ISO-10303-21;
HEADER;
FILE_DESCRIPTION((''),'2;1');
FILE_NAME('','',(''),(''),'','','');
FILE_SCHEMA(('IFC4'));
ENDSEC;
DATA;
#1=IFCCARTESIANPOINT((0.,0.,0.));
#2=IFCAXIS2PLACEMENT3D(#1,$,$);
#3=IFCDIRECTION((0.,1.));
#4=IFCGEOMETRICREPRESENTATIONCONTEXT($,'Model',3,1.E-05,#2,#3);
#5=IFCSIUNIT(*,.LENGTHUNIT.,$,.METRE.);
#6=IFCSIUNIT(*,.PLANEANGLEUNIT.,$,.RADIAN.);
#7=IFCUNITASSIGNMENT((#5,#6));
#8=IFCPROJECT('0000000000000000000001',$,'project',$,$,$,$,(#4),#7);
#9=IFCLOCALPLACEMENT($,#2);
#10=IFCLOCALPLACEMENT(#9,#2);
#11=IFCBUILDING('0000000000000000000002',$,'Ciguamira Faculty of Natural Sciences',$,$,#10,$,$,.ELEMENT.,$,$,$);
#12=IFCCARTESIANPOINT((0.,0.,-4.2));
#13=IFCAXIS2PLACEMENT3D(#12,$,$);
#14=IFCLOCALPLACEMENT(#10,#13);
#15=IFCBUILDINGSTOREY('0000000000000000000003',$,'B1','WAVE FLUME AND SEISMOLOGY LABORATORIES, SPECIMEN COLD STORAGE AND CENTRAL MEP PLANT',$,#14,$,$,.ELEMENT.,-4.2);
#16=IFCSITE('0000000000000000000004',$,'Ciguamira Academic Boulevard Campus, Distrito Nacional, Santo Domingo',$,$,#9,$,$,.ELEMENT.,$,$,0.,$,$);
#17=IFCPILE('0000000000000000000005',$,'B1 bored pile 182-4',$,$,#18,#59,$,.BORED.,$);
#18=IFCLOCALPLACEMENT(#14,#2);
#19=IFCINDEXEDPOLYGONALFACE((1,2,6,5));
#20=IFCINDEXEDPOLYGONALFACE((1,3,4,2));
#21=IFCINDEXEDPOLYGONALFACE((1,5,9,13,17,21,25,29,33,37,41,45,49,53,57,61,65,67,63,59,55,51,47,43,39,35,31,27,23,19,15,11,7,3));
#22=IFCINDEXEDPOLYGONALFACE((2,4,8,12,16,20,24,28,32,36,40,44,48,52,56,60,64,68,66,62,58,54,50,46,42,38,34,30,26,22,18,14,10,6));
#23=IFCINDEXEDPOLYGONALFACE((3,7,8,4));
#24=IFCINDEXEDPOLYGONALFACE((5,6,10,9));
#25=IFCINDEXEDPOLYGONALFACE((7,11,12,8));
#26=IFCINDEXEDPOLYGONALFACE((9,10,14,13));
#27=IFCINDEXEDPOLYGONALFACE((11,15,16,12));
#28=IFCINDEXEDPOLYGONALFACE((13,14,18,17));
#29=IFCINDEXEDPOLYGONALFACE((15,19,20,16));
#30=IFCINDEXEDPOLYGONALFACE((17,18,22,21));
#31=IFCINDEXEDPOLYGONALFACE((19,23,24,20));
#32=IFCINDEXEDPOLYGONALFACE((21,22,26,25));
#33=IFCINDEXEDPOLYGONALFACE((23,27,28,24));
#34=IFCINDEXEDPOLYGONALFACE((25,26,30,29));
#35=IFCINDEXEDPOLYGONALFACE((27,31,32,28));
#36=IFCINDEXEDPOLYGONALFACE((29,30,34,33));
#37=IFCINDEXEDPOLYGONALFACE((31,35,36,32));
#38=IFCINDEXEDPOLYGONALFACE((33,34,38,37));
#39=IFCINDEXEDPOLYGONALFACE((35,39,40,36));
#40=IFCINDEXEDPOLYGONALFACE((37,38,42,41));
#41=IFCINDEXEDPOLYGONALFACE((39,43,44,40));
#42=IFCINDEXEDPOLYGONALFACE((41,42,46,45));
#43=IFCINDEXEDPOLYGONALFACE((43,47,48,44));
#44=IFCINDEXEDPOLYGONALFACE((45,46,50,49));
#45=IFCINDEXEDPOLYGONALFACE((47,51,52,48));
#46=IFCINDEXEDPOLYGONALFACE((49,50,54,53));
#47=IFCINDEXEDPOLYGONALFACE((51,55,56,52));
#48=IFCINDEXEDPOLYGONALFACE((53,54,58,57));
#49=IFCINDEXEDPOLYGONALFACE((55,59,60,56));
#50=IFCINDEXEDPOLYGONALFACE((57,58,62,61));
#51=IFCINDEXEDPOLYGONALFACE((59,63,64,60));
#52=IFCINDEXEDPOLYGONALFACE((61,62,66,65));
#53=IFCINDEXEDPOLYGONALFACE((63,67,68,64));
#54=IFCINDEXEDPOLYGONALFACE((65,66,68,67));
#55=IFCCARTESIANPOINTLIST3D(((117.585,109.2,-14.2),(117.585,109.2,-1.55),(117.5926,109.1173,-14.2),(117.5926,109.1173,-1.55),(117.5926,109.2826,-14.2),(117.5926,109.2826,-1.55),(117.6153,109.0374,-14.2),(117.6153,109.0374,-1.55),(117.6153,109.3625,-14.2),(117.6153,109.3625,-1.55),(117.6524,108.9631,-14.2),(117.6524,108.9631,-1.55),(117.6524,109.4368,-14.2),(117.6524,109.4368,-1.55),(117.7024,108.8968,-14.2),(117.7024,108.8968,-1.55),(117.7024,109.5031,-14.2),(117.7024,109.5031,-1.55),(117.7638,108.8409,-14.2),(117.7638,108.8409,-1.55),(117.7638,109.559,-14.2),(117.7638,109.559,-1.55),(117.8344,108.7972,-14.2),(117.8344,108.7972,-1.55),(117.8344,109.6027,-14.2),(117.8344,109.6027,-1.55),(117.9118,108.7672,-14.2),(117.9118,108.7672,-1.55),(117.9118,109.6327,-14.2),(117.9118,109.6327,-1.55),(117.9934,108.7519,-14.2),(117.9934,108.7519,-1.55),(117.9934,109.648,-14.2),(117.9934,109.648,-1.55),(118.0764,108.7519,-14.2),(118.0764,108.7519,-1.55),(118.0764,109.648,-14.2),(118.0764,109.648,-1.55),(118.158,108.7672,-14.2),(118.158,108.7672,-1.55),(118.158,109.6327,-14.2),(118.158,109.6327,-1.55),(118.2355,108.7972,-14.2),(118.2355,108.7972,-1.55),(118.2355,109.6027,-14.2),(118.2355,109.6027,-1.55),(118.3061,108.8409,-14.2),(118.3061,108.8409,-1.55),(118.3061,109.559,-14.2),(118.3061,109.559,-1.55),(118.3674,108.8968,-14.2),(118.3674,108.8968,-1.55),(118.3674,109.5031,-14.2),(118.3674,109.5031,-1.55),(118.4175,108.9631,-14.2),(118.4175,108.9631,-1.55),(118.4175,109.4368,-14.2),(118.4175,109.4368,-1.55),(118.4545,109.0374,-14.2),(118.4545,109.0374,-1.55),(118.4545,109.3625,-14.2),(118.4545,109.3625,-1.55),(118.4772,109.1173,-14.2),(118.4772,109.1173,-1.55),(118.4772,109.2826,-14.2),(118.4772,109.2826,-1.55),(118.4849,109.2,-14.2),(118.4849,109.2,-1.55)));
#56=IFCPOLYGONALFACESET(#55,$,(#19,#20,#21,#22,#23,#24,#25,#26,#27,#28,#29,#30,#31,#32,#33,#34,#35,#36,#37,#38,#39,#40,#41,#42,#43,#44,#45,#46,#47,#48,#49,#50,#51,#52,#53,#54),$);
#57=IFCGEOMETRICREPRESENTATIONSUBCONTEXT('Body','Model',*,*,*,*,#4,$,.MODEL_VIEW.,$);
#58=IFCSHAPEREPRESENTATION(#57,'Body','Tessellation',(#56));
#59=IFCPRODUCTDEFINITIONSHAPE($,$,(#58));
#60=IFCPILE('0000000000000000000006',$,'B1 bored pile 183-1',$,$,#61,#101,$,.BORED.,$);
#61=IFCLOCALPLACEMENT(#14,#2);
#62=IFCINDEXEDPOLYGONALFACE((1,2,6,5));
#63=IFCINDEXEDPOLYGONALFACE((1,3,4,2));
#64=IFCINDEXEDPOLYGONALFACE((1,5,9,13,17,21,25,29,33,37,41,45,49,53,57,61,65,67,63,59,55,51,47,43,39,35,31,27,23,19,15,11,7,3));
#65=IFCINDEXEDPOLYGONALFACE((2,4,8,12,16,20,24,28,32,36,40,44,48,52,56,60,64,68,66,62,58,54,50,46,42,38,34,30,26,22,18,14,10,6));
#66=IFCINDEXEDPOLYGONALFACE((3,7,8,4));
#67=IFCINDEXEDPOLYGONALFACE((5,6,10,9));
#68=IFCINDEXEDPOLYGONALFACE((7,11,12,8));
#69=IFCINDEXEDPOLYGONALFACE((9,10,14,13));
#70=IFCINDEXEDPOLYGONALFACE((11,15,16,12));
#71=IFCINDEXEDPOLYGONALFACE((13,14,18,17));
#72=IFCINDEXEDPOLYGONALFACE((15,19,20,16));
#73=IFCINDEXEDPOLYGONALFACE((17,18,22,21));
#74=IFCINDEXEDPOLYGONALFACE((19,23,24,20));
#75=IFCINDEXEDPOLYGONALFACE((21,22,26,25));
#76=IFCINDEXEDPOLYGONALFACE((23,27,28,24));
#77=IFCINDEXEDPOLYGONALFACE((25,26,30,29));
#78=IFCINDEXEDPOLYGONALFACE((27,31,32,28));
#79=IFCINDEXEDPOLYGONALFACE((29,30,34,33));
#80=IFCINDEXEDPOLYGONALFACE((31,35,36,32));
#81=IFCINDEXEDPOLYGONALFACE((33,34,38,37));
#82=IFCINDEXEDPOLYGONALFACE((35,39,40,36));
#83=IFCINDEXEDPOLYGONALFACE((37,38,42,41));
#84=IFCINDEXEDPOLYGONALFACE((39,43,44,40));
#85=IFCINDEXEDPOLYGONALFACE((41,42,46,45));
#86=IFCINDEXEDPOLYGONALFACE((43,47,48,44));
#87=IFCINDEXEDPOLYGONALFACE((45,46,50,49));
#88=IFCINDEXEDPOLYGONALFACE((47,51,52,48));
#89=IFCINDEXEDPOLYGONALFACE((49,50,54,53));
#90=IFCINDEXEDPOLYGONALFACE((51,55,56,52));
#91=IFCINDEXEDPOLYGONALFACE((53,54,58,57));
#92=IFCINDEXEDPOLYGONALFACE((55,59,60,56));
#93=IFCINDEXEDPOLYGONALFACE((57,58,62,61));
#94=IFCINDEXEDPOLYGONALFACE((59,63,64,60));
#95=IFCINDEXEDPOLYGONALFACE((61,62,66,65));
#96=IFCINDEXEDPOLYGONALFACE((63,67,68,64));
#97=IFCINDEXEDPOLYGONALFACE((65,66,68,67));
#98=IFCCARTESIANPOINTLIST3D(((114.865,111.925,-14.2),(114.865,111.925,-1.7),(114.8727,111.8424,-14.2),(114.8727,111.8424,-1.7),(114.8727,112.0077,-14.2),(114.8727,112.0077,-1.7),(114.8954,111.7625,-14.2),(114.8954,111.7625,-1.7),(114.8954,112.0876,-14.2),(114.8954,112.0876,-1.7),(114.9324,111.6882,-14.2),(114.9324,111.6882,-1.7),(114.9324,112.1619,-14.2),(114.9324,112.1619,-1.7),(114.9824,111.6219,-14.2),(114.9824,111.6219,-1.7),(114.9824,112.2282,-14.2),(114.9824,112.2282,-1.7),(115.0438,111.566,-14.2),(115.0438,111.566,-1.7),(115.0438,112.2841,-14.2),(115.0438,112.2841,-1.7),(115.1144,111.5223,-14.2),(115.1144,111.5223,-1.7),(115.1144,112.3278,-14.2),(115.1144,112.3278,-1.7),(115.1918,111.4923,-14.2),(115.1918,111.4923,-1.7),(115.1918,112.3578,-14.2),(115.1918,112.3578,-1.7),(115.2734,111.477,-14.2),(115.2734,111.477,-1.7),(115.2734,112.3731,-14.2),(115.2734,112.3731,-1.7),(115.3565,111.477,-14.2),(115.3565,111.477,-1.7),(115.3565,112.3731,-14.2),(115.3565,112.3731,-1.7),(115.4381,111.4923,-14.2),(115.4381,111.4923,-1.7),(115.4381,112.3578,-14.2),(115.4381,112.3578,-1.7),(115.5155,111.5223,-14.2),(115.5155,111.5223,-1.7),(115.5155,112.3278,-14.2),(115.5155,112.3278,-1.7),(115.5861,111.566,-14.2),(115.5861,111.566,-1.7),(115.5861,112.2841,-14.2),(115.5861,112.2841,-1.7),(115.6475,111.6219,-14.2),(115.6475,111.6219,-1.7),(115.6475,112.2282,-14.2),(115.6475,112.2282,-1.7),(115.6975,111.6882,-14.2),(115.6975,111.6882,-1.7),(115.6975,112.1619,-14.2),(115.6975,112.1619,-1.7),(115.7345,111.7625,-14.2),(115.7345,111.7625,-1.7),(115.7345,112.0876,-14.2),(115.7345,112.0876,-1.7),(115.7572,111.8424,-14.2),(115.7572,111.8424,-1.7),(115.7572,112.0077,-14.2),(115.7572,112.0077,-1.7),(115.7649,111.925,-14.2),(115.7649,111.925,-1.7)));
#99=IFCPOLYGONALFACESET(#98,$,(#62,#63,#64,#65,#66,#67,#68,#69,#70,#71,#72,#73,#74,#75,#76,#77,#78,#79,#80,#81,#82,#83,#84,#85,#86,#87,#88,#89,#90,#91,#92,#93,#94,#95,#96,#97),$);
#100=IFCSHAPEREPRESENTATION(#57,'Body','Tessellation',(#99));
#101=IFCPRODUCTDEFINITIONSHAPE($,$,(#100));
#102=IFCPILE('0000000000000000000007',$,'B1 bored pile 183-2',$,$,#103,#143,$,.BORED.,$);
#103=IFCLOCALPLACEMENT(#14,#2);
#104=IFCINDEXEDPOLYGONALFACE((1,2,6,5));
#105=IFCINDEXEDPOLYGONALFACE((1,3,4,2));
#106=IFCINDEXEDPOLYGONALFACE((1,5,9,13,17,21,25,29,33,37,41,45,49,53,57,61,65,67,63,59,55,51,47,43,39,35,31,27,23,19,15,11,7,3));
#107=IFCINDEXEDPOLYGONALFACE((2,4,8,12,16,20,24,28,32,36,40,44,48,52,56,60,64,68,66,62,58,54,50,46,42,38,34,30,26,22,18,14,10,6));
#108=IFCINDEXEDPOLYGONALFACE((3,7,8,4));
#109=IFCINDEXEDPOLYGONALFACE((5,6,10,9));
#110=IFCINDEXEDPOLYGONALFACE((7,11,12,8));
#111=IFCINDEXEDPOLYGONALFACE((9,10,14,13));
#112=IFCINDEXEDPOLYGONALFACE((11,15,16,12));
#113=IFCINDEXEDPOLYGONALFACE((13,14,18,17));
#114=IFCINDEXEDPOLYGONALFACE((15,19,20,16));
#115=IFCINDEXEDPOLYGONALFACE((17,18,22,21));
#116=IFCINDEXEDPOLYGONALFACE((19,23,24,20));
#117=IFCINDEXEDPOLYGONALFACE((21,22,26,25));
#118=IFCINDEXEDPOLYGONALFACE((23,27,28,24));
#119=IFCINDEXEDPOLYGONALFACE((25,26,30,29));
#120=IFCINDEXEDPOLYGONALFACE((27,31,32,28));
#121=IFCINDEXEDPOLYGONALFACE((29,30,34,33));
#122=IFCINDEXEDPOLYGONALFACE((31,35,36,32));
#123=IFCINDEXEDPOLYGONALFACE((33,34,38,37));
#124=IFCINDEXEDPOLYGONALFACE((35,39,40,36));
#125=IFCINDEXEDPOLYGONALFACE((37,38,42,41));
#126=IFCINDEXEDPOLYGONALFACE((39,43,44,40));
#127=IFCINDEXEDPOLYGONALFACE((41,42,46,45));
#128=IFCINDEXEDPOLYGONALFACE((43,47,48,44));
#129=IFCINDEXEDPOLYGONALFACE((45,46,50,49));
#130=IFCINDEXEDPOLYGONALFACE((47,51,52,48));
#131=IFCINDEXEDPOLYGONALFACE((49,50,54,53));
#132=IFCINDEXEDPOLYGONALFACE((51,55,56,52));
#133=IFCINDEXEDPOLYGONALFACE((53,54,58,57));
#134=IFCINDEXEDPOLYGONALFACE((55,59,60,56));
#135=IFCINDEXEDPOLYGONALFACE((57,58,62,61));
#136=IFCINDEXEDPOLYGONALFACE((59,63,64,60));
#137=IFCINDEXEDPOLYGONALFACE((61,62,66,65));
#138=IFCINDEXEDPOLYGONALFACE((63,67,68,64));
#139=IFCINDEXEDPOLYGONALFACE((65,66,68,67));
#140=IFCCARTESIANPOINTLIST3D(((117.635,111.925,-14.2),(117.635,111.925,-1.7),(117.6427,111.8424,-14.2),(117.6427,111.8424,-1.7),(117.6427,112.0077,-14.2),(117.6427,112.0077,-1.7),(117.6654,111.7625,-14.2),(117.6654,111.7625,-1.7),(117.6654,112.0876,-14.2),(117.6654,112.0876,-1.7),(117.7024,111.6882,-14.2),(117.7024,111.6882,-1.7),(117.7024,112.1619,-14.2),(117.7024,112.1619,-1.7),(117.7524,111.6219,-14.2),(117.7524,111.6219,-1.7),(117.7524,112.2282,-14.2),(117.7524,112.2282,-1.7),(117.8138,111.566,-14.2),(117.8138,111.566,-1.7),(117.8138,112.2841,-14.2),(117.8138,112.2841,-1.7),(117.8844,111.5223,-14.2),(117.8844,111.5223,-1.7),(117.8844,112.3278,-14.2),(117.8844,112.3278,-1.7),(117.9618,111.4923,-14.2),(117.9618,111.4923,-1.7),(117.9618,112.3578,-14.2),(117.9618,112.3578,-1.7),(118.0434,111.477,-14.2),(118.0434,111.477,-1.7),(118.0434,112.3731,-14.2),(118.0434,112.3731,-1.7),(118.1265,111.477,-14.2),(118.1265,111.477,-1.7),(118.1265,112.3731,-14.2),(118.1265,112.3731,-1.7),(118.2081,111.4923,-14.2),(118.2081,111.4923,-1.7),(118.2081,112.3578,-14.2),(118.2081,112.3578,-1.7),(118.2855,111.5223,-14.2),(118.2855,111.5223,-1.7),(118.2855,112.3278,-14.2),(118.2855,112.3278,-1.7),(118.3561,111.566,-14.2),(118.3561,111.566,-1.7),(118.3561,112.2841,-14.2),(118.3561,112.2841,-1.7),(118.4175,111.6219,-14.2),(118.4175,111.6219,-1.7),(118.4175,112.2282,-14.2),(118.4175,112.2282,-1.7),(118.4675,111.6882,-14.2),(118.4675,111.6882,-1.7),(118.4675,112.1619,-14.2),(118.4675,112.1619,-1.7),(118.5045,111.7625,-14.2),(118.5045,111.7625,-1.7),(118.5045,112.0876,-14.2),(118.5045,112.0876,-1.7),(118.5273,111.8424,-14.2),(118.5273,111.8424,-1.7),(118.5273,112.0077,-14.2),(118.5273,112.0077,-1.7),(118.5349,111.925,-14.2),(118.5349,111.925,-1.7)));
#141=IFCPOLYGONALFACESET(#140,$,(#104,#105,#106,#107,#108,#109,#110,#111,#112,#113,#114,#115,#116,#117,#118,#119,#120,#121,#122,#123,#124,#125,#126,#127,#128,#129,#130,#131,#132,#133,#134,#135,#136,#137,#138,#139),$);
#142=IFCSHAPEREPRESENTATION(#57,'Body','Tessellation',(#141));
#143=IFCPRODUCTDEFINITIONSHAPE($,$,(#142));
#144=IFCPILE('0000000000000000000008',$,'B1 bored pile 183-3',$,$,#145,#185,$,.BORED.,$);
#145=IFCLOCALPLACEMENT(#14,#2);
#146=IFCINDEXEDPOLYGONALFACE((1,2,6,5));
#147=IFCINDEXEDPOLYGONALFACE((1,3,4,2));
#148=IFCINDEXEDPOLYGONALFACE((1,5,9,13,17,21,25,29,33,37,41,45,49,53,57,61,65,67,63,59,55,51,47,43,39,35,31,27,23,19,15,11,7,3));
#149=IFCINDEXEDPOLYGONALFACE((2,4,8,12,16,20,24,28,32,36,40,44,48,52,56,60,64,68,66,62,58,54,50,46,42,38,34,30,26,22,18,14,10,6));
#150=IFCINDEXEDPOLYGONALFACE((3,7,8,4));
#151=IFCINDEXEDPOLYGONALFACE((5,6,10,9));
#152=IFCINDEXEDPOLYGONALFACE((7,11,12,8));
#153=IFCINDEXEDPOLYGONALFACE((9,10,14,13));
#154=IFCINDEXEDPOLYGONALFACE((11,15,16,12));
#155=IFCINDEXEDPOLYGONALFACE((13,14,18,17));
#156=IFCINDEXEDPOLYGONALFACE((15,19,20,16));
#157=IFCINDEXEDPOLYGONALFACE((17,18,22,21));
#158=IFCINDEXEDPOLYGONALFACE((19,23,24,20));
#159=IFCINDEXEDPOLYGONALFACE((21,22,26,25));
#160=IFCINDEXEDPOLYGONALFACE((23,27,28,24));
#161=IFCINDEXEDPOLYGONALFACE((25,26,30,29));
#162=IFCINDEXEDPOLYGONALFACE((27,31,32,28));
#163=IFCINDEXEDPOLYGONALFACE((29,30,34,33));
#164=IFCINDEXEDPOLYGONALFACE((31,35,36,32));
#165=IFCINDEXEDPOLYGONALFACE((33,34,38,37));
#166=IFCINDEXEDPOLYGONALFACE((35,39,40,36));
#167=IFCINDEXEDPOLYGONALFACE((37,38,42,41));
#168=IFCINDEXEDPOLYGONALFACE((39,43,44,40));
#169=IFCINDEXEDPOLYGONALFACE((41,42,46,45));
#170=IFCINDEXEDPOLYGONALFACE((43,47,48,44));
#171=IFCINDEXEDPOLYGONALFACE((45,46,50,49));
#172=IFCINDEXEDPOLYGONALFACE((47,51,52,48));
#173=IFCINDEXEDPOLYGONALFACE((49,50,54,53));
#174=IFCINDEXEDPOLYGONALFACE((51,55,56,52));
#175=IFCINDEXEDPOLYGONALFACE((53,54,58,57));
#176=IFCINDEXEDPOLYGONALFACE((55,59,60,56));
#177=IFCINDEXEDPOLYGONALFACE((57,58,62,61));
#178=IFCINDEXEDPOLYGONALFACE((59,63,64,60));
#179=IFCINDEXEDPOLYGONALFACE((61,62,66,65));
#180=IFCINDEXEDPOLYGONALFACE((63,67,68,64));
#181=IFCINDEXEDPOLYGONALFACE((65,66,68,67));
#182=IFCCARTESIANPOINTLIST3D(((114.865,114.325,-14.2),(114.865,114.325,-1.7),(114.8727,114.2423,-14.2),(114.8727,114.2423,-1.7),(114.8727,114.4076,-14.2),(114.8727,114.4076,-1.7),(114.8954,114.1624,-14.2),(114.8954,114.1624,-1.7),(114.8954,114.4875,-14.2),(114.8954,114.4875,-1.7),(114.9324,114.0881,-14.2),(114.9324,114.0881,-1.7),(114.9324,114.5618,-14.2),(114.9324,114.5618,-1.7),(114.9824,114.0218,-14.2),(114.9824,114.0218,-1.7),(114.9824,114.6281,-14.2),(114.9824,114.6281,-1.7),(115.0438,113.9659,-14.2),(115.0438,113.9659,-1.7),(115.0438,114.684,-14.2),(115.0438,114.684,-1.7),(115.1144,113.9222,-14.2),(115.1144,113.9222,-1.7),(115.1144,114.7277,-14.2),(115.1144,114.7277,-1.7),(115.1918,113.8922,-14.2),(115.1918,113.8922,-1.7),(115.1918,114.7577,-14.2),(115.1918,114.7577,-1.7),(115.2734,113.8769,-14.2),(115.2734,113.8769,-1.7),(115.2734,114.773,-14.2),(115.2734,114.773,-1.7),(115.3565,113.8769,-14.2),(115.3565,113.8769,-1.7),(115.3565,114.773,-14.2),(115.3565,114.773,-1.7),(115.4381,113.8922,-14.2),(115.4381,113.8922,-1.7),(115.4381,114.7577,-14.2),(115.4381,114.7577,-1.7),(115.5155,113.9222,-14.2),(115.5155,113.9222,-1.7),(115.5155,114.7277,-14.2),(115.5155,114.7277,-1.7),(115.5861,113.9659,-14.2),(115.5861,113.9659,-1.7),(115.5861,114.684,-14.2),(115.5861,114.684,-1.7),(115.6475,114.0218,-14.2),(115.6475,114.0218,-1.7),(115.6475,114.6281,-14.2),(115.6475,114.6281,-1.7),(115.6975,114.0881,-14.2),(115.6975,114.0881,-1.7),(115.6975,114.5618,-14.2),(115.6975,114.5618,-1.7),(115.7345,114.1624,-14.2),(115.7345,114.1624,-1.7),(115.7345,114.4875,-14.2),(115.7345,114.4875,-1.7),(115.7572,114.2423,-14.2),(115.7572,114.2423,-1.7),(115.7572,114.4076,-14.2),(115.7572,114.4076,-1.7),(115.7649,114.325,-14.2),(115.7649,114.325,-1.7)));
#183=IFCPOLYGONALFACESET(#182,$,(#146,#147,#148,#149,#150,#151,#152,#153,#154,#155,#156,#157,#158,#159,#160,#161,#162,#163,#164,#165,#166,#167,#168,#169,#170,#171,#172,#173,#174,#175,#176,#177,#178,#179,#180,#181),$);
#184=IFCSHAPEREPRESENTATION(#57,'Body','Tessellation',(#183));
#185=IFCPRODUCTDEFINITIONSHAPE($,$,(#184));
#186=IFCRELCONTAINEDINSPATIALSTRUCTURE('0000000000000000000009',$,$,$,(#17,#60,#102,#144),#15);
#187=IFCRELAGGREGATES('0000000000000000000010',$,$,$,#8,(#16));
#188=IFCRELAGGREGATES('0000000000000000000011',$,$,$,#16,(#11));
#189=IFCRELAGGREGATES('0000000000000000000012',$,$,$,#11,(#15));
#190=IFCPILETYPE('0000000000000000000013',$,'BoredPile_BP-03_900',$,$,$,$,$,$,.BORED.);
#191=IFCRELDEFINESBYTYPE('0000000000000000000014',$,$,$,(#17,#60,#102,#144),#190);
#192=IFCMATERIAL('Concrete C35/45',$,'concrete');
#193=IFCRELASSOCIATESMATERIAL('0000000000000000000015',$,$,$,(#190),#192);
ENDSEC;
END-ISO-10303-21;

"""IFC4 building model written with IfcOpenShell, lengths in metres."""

from ifc_helpers import new_model, si_unit, direction, frame, origin, origin_2d, place, context, subcontext, project, spatial, circle, extrude, material, material_profile, profile_set, type_object, element, save


model = new_model("IFC4")

# Units and contexts
model_context = context("Model", 3, precision=1e-05, world=origin(), true_north=direction((0.0, 1.0)))
body_context = subcontext(model_context, "Body", "Model", "MODEL_VIEW")
ifc_project = project(units=[si_unit("LENGTHUNIT", "METRE"), si_unit("PLANEANGLEUNIT", "RADIAN")], contexts=[model_context])

# Site, building, storey
site_placement = place(None, origin())
site = spatial("IfcSite", under=ifc_project, at=site_placement, Name="Ciguamira Academic Boulevard Campus, Distrito Nacional, Santo Domingo", CompositionType="ELEMENT", RefElevation=0.0)
building_placement = place(site_placement, origin())
building = spatial("IfcBuilding", under=site, at=building_placement, Name="Ciguamira Faculty of Natural Sciences", CompositionType="ELEMENT")
storey_placement = place(building_placement, frame((0.0, 0.0, -4.2)))
storey = spatial("IfcBuildingStorey", under=building, at=storey_placement, Name="B1", Description="WAVE FLUME AND SEISMOLOGY LABORATORIES, SPECIMEN COLD STORAGE AND CENTRAL MEP PLANT", CompositionType="ELEMENT", Elevation=-4.2)

# Piles
ifc_material_1 = material(Name="Concrete C35/45", Category="concrete")
ifc_material_profile_1 = material_profile(ifc_material_1, circle(Radius=0.45, at=origin_2d()), Name="PILE-BORED-900")
ifc_profile_set_1 = profile_set([ifc_material_profile_1], Name="Concrete C35/45")
pile_type = type_object("IfcPileType", Name="BoredPile_BP-03_900", PredefinedType="BORED", material=ifc_profile_set_1)
for number, where, z_axis, x_axis, name in (
    (1, (118.0349, 109.2, -1.55), (0.0, 0.0, -1.0), (1.0, 0.0, 0.0), "B1 bored pile 182-4"),
):
    element("IfcPile", number, at=place(storey_placement, frame(where, z_axis=z_axis, x_axis=x_axis)), inside=storey, type_object=pile_type, Name=name, PredefinedType="BORED", context=body_context, shape_type="SweptSolid", body=[
        extrude(circle(Radius=0.45, at=origin_2d()), origin(), (0.0, 0.0, 1.0), 12.6499),
    ])
for number, where, z_axis, x_axis, name in (
    (2, (115.3149, 111.925, -1.7), (0.0, 0.0, -1.0), (1.0, 0.0, 0.0), "B1 bored pile 183-1"),
    (3, (118.085, 111.925, -1.7), (0.0, 0.0, -1.0), (1.0, 0.0, 0.0), "B1 bored pile 183-2"),
    (4, (115.3149, 114.325, -1.7), (0.0, 0.0, -1.0), (1.0, 0.0, 0.0), "B1 bored pile 183-3"),
):
    element("IfcPile", number, at=place(storey_placement, frame(where, z_axis=z_axis, x_axis=x_axis)), inside=storey, type_object=pile_type, Name=name, PredefinedType="BORED", context=body_context, shape_type="SweptSolid", body=[
        extrude(circle(Radius=0.45, at=origin_2d()), origin(), (0.0, 0.0, 1.0), 12.5),
    ])

save(model, "model.ifc")
